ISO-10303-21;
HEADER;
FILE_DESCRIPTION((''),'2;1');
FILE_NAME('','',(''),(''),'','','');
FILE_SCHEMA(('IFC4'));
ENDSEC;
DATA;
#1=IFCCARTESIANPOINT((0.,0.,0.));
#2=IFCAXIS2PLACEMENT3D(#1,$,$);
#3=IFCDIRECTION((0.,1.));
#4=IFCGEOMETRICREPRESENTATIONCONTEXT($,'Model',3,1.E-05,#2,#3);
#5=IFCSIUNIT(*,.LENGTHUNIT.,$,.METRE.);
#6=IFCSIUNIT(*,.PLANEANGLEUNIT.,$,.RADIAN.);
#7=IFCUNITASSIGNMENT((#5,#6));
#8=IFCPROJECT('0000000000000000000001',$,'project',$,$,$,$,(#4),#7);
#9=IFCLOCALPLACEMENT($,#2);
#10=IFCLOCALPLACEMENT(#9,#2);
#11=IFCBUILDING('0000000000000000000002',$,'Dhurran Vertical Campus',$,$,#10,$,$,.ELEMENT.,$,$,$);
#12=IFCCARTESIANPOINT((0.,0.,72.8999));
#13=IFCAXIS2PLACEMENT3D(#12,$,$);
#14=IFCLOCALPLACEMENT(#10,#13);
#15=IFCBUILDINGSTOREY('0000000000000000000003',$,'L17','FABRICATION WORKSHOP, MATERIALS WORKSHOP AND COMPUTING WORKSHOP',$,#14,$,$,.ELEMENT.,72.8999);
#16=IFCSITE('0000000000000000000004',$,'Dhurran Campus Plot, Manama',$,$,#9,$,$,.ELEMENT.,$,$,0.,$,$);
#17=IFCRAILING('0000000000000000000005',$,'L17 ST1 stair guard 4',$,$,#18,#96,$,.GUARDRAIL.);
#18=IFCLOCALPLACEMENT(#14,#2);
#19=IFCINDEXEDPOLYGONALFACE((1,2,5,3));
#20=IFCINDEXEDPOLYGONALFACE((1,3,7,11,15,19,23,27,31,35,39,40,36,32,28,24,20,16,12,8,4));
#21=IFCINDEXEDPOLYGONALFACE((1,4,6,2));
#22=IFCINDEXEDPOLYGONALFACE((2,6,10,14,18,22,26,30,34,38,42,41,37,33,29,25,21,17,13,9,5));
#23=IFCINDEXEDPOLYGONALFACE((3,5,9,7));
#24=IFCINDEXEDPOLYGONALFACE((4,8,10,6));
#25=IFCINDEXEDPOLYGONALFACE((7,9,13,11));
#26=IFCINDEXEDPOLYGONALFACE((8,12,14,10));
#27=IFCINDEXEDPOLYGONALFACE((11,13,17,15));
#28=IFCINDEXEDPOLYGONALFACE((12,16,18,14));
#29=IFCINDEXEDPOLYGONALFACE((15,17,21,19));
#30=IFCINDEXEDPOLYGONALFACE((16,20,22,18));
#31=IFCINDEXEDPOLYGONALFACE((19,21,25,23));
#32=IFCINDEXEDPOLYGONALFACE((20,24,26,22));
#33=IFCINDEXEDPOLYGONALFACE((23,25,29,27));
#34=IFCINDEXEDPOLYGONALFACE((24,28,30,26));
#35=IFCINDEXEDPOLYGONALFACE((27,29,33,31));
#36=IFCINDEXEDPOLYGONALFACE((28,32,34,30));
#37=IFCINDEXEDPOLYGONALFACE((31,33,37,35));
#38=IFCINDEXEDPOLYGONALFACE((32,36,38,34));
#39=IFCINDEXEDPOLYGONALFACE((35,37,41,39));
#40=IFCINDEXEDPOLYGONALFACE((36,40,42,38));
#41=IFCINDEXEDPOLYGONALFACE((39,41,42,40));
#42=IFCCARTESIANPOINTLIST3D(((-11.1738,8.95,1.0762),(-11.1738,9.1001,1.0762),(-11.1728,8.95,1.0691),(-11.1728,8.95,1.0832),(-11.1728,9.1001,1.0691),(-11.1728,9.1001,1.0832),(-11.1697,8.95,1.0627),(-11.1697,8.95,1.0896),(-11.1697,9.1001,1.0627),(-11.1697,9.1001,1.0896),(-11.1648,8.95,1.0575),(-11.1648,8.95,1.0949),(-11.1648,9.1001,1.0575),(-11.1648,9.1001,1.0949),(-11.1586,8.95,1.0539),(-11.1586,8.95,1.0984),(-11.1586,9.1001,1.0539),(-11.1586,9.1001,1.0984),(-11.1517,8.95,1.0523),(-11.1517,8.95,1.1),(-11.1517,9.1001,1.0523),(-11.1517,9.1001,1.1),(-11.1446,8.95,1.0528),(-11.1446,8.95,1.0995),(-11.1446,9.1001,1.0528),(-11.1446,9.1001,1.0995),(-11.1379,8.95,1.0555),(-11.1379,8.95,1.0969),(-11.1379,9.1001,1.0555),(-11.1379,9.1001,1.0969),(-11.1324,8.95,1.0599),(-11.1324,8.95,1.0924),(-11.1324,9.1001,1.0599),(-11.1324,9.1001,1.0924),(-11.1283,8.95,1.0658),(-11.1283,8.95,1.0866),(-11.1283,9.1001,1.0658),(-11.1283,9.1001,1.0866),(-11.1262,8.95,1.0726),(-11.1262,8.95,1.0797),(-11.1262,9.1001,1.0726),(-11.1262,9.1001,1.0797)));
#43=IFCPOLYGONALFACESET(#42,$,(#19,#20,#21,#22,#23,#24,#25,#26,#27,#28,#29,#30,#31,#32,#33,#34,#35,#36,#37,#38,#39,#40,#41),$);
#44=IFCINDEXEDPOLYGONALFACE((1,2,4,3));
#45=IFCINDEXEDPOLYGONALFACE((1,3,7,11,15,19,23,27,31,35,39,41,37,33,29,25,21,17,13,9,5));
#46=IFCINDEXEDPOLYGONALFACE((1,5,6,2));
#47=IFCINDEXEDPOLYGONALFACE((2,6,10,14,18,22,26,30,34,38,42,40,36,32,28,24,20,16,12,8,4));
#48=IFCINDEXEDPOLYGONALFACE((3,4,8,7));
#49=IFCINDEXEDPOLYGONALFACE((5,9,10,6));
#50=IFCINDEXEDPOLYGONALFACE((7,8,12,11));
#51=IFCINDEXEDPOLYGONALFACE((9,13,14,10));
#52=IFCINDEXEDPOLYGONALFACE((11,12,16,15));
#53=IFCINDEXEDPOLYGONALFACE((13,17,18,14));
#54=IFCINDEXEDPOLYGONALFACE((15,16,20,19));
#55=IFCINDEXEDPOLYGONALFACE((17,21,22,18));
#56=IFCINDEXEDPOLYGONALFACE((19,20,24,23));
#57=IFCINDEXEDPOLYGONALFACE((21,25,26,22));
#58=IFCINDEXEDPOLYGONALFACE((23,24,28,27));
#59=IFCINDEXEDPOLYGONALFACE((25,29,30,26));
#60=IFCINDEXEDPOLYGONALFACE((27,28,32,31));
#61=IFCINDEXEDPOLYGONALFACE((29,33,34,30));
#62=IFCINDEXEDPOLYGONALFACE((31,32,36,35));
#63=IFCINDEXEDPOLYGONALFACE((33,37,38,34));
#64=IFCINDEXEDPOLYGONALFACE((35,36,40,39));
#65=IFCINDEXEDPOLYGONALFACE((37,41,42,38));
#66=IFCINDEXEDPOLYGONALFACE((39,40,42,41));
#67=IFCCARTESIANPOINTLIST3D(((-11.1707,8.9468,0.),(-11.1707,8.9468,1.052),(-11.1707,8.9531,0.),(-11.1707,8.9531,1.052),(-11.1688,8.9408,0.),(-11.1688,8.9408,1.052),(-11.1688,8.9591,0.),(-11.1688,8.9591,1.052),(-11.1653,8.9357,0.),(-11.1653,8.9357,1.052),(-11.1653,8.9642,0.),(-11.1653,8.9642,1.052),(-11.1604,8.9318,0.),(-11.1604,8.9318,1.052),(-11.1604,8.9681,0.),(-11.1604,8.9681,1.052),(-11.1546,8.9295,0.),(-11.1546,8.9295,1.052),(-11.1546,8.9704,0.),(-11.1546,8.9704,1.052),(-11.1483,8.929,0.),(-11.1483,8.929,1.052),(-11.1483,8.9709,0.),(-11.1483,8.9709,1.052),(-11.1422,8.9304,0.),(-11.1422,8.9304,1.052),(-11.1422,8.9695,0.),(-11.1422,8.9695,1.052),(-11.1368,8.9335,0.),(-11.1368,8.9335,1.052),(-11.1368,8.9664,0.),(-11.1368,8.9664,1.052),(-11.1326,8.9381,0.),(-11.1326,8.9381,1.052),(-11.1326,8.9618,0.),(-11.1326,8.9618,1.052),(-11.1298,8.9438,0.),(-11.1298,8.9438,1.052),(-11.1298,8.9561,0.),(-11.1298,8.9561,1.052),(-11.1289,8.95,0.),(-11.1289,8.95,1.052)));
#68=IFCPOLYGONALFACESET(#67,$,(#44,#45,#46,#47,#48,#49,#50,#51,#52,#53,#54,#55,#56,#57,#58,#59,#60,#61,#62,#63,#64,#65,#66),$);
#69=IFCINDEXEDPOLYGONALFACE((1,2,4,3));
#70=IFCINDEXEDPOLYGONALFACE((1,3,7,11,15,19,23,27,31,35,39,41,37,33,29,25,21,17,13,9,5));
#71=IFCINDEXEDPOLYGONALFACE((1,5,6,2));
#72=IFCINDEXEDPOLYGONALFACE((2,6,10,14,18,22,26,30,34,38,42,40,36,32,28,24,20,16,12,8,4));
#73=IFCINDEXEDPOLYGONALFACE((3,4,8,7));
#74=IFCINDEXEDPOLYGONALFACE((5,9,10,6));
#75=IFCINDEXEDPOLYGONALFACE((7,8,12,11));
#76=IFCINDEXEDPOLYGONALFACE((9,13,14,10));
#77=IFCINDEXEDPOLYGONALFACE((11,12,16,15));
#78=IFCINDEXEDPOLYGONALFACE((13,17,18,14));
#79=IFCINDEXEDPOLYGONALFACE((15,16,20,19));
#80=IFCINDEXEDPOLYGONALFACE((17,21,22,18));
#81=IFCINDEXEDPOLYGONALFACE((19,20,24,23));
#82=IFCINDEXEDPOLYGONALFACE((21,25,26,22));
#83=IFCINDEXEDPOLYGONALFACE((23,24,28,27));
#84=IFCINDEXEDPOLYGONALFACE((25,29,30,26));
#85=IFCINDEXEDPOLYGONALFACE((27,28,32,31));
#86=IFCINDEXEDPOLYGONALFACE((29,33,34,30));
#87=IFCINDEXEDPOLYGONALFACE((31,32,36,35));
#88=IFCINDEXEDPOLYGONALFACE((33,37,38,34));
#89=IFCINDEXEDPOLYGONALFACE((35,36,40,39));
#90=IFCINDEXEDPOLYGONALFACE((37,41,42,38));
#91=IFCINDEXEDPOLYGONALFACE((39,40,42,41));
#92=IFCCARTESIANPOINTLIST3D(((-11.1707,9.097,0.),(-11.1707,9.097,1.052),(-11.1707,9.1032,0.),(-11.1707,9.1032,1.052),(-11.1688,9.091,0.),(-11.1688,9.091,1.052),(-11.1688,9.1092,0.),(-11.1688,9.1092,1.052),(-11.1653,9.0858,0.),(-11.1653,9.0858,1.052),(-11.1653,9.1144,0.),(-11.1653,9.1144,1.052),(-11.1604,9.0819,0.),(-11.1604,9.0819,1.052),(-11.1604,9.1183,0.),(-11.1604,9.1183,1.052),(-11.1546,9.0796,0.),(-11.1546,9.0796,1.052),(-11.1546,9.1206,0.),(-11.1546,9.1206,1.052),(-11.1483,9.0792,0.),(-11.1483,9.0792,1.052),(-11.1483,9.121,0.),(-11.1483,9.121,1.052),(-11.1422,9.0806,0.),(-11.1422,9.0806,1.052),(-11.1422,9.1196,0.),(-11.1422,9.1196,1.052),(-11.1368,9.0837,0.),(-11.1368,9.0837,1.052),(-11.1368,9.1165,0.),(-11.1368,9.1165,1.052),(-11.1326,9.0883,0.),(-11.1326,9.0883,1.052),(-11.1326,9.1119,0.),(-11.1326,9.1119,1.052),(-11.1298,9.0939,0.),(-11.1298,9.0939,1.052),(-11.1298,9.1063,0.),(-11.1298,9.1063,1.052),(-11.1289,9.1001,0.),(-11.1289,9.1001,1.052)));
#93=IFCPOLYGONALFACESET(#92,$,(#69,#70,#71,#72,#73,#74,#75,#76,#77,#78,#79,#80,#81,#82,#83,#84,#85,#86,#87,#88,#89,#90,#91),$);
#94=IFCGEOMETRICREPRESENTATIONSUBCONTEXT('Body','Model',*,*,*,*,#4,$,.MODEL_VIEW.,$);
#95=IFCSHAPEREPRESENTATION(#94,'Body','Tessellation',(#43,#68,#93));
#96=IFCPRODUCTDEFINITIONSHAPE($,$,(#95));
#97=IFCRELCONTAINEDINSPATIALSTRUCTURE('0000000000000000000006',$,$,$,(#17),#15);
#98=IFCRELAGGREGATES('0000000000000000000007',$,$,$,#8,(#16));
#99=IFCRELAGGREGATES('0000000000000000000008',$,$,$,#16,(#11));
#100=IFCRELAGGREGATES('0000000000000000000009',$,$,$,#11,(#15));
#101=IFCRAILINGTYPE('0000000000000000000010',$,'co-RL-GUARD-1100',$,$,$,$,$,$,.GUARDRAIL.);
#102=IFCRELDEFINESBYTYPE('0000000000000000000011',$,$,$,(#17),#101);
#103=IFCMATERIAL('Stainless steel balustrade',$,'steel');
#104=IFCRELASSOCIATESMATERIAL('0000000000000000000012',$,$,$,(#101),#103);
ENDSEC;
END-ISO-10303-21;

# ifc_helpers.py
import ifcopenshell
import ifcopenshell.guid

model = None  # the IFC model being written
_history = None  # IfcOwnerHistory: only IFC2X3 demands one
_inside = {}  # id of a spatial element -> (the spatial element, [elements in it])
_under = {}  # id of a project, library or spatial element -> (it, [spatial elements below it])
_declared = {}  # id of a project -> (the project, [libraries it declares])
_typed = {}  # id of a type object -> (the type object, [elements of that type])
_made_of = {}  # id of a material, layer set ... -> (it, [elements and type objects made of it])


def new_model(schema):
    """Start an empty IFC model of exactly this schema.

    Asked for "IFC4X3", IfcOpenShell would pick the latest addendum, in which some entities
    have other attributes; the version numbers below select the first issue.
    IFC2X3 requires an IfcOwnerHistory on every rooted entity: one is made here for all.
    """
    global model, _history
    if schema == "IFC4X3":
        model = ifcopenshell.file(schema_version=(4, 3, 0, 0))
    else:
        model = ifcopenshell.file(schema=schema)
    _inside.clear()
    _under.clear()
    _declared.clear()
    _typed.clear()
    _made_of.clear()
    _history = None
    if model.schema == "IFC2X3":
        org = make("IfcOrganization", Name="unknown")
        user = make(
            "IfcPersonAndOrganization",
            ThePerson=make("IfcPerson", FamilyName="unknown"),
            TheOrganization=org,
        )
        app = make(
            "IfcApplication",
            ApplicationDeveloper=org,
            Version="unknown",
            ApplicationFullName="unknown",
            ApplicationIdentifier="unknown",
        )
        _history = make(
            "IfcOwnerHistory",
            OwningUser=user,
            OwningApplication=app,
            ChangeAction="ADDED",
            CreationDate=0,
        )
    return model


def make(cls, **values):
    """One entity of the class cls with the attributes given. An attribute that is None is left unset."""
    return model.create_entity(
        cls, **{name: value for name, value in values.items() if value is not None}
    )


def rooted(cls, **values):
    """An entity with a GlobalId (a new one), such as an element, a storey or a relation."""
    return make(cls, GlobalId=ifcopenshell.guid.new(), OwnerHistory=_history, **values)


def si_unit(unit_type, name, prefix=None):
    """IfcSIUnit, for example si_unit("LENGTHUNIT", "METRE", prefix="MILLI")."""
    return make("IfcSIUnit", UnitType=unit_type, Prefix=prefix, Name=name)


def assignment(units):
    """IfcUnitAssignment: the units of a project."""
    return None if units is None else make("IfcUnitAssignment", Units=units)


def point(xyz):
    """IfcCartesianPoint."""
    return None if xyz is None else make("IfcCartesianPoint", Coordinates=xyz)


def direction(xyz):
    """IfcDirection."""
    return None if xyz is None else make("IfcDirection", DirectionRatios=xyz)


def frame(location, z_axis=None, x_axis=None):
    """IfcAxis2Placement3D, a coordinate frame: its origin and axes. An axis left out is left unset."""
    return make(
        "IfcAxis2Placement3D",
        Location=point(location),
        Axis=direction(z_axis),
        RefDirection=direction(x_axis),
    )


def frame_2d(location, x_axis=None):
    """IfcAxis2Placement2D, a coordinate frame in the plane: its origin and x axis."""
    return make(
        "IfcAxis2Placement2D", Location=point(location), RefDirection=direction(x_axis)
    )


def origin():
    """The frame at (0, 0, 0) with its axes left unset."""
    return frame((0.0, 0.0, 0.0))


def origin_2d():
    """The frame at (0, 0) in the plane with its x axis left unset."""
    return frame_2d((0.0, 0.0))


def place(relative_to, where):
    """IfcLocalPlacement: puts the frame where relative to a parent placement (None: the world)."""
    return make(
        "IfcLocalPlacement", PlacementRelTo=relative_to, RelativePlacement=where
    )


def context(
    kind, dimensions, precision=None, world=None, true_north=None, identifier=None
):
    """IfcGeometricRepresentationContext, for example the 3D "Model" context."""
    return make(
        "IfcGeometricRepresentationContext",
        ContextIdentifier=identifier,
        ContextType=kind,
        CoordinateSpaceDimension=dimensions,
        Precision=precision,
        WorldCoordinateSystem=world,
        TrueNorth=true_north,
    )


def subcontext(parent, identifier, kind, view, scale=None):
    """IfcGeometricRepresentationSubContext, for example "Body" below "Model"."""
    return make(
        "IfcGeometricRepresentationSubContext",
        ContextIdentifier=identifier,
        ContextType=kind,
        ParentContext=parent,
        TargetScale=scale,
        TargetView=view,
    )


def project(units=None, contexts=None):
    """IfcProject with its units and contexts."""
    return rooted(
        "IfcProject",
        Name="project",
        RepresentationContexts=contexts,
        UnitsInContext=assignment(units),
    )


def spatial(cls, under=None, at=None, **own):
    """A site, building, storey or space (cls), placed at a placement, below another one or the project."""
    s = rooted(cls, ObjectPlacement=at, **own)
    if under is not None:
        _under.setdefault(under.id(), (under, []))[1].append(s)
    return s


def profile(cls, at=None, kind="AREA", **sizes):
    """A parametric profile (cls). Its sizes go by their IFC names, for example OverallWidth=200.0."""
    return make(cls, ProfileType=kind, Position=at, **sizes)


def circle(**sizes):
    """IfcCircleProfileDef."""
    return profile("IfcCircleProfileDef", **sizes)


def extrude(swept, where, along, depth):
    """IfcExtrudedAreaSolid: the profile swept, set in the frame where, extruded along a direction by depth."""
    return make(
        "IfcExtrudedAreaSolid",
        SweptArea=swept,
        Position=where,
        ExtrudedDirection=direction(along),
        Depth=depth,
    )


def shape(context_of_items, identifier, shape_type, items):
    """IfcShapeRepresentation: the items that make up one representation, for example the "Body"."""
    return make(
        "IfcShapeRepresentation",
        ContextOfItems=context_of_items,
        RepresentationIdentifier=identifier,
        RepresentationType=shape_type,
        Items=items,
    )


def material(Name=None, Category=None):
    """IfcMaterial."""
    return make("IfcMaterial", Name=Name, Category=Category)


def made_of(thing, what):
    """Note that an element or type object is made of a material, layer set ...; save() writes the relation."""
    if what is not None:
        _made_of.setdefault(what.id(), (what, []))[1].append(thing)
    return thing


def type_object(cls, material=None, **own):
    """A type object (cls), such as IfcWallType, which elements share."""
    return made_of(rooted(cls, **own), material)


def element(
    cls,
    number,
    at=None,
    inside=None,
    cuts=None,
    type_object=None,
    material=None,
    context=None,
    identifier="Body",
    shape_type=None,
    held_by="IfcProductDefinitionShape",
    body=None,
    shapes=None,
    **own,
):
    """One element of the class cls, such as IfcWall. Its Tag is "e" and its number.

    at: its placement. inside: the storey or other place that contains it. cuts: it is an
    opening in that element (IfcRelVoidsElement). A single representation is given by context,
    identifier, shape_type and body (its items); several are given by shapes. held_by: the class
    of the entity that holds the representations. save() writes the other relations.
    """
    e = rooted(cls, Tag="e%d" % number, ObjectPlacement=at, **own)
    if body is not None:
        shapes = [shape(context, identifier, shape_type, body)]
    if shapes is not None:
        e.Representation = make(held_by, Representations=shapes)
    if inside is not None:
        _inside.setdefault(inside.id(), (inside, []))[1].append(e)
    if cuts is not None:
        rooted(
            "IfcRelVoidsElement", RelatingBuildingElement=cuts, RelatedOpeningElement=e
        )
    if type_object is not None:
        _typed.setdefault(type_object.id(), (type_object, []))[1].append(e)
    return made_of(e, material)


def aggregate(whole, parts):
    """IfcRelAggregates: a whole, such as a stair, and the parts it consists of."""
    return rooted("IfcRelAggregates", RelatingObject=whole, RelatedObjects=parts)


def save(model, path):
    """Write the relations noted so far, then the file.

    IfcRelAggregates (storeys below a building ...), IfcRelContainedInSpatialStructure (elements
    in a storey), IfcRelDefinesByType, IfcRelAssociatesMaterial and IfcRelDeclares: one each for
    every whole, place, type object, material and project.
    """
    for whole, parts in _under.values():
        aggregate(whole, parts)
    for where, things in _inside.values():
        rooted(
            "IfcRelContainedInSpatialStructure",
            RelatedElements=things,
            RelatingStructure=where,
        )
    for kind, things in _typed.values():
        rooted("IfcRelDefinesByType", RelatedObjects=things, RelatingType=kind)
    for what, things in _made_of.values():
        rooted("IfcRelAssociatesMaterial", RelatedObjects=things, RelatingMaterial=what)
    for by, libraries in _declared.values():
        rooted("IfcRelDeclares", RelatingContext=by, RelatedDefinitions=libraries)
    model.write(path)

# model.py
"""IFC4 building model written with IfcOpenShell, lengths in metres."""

from ifc_helpers import new_model, si_unit, direction, frame, origin, origin_2d, place, context, subcontext, project, spatial, circle, extrude, material, type_object, element, save


model = new_model("IFC4")

# Units and contexts
model_context = context("Model", 3, precision=1e-05, world=origin(), true_north=direction((0.0, 1.0)))
body_context = subcontext(model_context, "Body", "Model", "MODEL_VIEW")
ifc_project = project(units=[si_unit("LENGTHUNIT", "METRE"), si_unit("PLANEANGLEUNIT", "RADIAN")], contexts=[model_context])

# Site, building, storey
site_placement = place(None, origin())
site = spatial("IfcSite", under=ifc_project, at=site_placement, Name="Dhurran Campus Plot, Manama", CompositionType="ELEMENT", RefElevation=0.0)
building_placement = place(site_placement, origin())
building = spatial("IfcBuilding", under=site, at=building_placement, Name="Dhurran Vertical Campus", CompositionType="ELEMENT")
storey_placement = place(building_placement, frame((0.0, 0.0, 72.8999)))
storey = spatial("IfcBuildingStorey", under=building, at=storey_placement, Name="L17", Description="FABRICATION WORKSHOP, MATERIALS WORKSHOP AND COMPUTING WORKSHOP", CompositionType="ELEMENT", Elevation=72.8999)

# Railing
ifc_material_1 = material(Name="Stainless steel balustrade", Category="steel")
railing_type_1 = type_object("IfcRailingType", Name="co-RL-GUARD-1100", PredefinedType="GUARDRAIL", material=ifc_material_1)
railing_1_placement = place(storey_placement, frame((-11.1499, 8.95, 0.0)))
element("IfcRailing", 1, at=railing_1_placement, inside=storey, type_object=railing_type_1, Name="L17 ST1 stair guard 4", PredefinedType="GUARDRAIL", context=body_context, shape_type="SweptSolid", body=[
    extrude(circle(Radius=0.0239, at=origin_2d()), frame((0.0, 0.0, 1.0762), z_axis=(0.0, 1.0, 0.0), x_axis=(-1.0, 0.0, 0.0)), (0.0, 0.0, 1.0), 0.1501),
    extrude(circle(Radius=0.021, at=origin_2d()), origin(), (0.0, 0.0, 1.0), 1.052),
    extrude(circle(Radius=0.021, at=origin_2d()), frame((0.0, 0.1501, 0.0)), (0.0, 0.0, 1.0), 1.052),
])

save(model, "model.ifc")
